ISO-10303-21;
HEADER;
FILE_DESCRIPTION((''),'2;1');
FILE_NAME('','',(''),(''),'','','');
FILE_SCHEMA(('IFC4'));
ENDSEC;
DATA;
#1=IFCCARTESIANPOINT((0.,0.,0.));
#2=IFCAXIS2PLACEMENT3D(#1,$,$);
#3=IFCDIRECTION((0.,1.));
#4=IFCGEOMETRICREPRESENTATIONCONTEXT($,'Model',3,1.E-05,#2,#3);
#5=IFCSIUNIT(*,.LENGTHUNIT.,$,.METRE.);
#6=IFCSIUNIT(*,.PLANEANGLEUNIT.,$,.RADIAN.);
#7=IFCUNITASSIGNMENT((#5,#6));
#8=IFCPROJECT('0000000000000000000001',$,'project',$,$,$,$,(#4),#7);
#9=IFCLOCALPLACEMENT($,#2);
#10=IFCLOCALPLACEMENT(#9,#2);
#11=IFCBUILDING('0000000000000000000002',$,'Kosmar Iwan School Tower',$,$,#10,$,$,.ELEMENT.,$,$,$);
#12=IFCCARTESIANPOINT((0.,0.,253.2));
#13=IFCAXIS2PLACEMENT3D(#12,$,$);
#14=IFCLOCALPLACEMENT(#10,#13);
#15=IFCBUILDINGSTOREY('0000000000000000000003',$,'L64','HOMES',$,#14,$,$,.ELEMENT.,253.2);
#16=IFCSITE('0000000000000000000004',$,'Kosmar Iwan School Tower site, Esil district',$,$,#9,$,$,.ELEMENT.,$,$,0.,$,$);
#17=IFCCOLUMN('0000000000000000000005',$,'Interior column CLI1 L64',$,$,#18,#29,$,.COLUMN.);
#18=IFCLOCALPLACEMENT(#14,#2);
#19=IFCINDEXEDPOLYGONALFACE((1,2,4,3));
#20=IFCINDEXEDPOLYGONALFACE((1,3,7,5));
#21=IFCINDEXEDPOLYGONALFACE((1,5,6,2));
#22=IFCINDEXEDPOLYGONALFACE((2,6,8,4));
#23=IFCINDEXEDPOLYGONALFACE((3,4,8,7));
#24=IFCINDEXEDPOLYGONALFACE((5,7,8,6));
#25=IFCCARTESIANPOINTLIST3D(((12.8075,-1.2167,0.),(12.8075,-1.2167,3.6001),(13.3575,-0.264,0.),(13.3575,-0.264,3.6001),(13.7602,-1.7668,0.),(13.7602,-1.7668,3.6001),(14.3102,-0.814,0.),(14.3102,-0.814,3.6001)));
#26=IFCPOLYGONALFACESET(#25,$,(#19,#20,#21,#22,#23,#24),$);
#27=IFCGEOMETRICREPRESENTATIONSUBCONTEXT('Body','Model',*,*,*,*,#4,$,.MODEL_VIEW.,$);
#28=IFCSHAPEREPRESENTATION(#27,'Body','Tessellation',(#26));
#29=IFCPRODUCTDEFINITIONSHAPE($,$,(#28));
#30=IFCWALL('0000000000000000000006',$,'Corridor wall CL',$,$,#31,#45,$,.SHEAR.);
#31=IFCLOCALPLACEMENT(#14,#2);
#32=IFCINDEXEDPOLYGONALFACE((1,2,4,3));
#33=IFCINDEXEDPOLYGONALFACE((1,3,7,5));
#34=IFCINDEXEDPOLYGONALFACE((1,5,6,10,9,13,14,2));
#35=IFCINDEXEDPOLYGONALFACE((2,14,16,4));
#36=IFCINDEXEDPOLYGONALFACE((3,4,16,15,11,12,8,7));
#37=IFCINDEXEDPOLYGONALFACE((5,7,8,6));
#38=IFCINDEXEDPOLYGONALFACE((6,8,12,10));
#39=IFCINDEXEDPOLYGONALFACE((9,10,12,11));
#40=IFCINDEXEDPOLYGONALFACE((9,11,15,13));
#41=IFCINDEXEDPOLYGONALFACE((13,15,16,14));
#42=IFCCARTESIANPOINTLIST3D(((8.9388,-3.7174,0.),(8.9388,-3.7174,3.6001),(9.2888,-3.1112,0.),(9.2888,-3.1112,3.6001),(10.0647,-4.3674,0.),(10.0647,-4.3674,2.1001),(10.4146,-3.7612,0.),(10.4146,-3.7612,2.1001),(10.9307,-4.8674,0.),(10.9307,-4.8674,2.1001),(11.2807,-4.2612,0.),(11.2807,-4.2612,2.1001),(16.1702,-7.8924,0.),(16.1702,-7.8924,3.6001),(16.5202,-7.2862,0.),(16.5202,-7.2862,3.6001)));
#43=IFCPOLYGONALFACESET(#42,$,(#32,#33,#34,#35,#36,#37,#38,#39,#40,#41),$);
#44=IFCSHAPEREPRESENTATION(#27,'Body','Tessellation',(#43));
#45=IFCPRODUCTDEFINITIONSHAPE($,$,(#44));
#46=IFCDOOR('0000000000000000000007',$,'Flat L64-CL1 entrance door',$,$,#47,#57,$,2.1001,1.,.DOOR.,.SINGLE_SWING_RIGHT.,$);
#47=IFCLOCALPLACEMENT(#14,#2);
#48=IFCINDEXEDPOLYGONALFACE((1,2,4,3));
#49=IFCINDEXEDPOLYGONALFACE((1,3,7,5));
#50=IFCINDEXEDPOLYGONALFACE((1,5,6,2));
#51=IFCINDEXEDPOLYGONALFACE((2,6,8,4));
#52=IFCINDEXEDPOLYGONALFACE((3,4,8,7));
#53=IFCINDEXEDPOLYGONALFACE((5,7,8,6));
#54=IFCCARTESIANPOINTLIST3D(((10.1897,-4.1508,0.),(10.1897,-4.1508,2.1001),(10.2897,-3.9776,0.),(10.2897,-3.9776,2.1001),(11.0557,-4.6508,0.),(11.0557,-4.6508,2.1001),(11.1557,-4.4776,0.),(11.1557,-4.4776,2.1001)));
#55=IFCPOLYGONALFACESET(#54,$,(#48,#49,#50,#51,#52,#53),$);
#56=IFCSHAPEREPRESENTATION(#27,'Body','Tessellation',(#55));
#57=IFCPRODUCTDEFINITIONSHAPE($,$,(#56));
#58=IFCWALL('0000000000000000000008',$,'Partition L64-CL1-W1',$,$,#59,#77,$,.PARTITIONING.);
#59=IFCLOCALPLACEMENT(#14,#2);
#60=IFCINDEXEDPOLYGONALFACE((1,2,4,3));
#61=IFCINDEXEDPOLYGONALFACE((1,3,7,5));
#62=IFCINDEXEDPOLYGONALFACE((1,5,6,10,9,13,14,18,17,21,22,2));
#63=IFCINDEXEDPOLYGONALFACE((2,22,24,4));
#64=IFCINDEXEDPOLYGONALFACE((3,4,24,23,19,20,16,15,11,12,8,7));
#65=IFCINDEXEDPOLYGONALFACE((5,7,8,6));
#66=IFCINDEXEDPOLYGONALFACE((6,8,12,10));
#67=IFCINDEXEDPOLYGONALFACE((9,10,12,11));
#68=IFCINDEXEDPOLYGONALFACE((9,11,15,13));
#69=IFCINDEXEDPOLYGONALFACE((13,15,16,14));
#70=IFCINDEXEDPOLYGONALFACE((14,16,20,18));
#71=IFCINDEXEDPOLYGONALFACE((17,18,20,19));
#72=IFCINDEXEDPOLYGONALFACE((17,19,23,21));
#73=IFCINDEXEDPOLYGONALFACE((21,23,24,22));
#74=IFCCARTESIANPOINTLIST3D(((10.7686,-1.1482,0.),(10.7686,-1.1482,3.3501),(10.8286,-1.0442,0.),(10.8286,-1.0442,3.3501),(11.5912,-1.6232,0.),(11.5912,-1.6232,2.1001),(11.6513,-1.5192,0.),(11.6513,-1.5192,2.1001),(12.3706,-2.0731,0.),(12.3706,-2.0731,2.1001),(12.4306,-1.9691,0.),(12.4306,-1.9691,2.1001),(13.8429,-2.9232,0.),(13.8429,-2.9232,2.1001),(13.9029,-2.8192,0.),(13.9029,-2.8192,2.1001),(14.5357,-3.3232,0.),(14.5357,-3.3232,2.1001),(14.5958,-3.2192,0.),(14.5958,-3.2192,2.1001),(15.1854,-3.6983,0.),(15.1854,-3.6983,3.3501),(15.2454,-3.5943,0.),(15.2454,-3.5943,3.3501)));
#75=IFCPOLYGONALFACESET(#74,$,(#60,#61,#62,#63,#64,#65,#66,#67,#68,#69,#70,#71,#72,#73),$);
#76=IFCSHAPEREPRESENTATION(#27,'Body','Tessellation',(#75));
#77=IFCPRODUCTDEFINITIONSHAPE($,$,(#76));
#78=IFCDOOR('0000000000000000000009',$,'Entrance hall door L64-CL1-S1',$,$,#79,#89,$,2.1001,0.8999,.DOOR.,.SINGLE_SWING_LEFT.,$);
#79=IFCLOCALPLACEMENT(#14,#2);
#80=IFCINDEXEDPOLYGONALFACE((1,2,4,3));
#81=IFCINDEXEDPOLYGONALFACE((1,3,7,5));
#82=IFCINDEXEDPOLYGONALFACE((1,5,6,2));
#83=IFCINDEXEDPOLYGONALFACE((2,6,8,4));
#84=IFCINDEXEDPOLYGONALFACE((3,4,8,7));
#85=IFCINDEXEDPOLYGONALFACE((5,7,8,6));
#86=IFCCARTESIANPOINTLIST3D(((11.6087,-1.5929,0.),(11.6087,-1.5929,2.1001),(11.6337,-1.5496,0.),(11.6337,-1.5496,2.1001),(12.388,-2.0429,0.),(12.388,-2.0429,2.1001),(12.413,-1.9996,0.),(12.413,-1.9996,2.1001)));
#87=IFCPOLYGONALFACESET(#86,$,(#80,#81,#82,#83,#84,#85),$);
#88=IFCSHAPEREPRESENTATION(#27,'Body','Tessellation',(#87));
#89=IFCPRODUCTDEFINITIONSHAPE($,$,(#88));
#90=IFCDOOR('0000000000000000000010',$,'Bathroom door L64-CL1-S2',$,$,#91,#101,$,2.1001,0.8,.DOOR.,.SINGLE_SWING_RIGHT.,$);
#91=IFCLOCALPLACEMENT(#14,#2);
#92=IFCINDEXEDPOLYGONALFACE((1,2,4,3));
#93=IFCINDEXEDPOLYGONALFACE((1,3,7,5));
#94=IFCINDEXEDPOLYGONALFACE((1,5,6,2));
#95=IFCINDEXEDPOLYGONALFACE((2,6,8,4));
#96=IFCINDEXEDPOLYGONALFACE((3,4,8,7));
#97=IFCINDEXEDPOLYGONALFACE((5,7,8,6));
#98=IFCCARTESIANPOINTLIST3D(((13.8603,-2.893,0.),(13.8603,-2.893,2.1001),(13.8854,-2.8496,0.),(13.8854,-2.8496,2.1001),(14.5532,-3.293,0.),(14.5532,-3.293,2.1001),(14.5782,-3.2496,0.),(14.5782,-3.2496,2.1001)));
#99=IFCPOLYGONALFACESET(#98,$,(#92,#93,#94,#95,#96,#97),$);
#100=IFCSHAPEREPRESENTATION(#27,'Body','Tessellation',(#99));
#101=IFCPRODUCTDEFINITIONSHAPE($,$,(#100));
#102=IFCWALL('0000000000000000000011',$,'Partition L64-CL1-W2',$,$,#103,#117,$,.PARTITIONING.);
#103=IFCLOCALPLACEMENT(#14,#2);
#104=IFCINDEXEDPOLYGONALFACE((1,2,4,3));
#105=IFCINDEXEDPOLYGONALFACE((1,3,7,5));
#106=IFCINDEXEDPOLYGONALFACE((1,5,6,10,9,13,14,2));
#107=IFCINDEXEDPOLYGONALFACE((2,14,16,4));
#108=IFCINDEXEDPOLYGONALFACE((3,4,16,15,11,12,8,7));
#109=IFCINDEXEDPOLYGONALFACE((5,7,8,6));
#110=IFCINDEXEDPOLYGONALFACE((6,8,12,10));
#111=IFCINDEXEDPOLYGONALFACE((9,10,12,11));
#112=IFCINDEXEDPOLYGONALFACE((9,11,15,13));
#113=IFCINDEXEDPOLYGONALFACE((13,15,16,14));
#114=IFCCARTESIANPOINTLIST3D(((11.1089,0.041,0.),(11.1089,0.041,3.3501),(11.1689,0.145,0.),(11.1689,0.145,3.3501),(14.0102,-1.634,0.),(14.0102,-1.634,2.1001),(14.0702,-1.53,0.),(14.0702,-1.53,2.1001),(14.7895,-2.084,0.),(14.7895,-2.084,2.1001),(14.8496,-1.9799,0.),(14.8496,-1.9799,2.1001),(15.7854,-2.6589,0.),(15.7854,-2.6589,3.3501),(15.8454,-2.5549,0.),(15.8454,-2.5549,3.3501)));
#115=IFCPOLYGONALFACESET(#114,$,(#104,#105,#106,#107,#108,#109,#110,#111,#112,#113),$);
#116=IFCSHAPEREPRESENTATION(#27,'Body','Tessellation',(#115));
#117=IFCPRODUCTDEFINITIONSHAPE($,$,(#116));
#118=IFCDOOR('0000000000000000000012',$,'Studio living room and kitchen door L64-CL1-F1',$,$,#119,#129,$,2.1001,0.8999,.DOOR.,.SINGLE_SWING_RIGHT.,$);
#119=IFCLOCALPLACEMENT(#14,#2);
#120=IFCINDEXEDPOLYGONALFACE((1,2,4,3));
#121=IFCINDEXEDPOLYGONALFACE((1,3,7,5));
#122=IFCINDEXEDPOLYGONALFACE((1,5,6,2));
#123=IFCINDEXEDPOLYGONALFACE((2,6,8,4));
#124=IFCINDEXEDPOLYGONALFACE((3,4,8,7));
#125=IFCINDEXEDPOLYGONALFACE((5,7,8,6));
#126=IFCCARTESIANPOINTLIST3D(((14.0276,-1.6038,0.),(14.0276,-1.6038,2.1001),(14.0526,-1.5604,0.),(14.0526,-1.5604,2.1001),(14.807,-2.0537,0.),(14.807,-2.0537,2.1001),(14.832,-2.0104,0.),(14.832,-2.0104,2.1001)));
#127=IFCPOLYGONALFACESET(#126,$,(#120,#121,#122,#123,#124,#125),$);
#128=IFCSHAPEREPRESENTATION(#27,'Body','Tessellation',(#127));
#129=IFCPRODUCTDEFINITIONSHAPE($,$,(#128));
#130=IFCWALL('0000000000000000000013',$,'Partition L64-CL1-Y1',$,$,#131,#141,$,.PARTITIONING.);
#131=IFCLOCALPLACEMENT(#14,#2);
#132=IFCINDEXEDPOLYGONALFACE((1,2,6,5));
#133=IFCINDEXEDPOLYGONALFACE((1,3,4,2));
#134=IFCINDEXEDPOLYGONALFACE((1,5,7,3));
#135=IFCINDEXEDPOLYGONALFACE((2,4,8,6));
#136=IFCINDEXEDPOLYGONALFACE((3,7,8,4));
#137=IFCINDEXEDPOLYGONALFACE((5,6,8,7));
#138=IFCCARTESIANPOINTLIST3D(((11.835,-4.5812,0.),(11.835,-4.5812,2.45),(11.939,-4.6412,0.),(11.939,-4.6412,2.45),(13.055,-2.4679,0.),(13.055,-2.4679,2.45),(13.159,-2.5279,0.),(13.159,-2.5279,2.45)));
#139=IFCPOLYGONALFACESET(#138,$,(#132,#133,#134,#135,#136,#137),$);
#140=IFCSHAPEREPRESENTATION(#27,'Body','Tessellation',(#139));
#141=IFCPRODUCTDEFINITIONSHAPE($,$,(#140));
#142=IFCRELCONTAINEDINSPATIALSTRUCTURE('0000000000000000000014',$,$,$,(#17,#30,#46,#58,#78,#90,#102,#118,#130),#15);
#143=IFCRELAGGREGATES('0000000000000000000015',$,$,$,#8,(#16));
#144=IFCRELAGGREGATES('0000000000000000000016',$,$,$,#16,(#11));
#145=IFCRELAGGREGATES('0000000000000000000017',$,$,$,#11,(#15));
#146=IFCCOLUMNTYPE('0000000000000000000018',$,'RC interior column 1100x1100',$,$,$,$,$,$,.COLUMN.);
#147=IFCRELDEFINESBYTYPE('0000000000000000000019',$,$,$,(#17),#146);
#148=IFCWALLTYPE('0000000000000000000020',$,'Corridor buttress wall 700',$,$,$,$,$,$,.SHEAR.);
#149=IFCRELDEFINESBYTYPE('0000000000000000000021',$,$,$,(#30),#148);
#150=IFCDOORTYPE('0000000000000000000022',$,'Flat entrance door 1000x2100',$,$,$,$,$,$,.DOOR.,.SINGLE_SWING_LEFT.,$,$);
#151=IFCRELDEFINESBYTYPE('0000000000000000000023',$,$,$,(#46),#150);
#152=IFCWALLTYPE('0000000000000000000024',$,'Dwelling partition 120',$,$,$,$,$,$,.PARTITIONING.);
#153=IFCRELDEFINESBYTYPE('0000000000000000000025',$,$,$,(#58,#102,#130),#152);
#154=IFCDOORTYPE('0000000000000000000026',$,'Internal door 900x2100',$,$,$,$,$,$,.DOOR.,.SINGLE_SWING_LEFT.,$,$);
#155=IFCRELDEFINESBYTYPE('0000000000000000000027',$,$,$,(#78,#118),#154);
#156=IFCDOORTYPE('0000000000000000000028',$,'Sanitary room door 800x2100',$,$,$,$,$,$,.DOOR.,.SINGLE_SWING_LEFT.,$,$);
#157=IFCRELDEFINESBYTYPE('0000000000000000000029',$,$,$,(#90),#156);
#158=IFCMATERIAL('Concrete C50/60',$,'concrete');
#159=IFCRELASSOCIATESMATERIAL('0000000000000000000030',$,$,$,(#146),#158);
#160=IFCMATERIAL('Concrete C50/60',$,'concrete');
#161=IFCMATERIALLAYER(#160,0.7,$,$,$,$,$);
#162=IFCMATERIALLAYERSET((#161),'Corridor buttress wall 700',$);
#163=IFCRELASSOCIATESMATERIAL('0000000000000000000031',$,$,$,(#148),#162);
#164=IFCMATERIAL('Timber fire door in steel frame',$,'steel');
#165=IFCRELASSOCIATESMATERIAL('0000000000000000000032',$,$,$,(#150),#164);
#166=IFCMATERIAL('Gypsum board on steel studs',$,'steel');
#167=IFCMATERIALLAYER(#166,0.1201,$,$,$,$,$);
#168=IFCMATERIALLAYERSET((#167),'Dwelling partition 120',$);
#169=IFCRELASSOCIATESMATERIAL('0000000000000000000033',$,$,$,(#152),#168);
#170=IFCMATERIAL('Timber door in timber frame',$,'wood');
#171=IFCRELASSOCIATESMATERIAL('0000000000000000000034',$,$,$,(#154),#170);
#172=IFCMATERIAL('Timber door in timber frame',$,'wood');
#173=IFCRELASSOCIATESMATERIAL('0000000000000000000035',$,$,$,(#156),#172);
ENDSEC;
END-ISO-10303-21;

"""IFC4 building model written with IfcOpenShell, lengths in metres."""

from ifc_helpers import new_model, si_unit, direction, frame, frame_2d, origin, origin_2d, place, context, subcontext, project, spatial, rectangle, extrude, material, layer, layer_set, material_profile, profile_set, type_object, element, fill, save


model = new_model("IFC4")

# Units and contexts
model_context = context("Model", 3, precision=1e-05, world=origin(), true_north=direction((0.0, 1.0)))
body_context = subcontext(model_context, "Body", "Model", "MODEL_VIEW")
ifc_project = project(units=[si_unit("LENGTHUNIT", "METRE"), si_unit("PLANEANGLEUNIT", "RADIAN")], contexts=[model_context])

# Site, building, storey
site_placement = place(None, origin())
site = spatial("IfcSite", under=ifc_project, at=site_placement, Name="Kosmar Iwan School Tower site, Esil district", CompositionType="ELEMENT", RefElevation=0.0)
building_placement = place(site_placement, origin())
building = spatial("IfcBuilding", under=site, at=building_placement, Name="Kosmar Iwan School Tower", CompositionType="ELEMENT")
storey_placement = place(building_placement, frame((0.0, 0.0, 253.2)))
storey = spatial("IfcBuildingStorey", under=building, at=storey_placement, Name="L64", Description="HOMES", CompositionType="ELEMENT", Elevation=253.2)

# Column
ifc_material_1 = material(Name="Concrete C50/60", Category="concrete")
ifc_material_profile = material_profile(ifc_material_1, rectangle(XDim=1.1001, YDim=1.1001, at=origin_2d()), Name="RC 1100x1100")
ifc_profile_set = profile_set([ifc_material_profile], Name="Concrete C50/60")
column_type = type_object("IfcColumnType", Name="RC interior column 1100x1100", PredefinedType="COLUMN", material=ifc_profile_set)
column_placement = place(storey_placement, frame((13.5588, -1.0154, 0.0), z_axis=(0.0, 0.0, 1.0), x_axis=(0.866025, -0.5, 0.0)))
element("IfcColumn", 1, at=column_placement, inside=storey, type_object=column_type, Name="Interior column CLI1 L64", PredefinedType="COLUMN", context=body_context, shape_type="SweptSolid", body=[
    extrude(rectangle(XDim=1.1001, YDim=1.1001, at=origin_2d()), origin(), (0.0, 0.0, 1.0), 3.6001),
])

# Wall, opening, door
ifc_material_2 = material(Name="Concrete C50/60", Category="concrete")
ifc_layer_1 = layer(ifc_material_2, 0.7)
ifc_layer_set_1 = layer_set([ifc_layer_1], Name="Corridor buttress wall 700")
wall_type_1 = type_object("IfcWallType", Name="Corridor buttress wall 700", PredefinedType="SHEAR", material=ifc_layer_set_1)
wall_1_placement = place(storey_placement, frame((9.1138, -3.4143, 0.0), z_axis=(0.0, 0.0, 1.0), x_axis=(0.866027, -0.499997, 0.0)))
wall_1 = element("IfcWall", 2, at=wall_1_placement, inside=storey, type_object=wall_type_1, Name="Corridor wall CL", PredefinedType="SHEAR", context=body_context, shape_type="SweptSolid", body=[
    extrude(rectangle(XDim=8.3501, YDim=0.7, at=frame_2d((4.175, 0.0))), origin(), (0.0, 0.0, 1.0), 3.6001),
])
opening_1_placement = place(wall_1_placement, frame((1.3, 0.0, 0.0)))
opening_1 = element("IfcOpeningElement", 3, at=opening_1_placement, cuts=wall_1, PredefinedType="OPENING", context=body_context, shape_type="SweptSolid", body=[
    extrude(rectangle(XDim=1.0, YDim=2.1001, at=frame_2d((0.5, 1.05))), frame((0.0, 0.3621, 0.0), z_axis=(0.0, -1.0, 0.0), x_axis=(1.0, 0.0, 0.0)), (0.0, 0.0, 1.0), 0.7239),
])
ifc_material_3 = material(Name="Timber fire door in steel frame", Category="steel")
door_type_1 = type_object("IfcDoorType", Name="Flat entrance door 1000x2100", OperationType="SINGLE_SWING_LEFT", PredefinedType="DOOR", material=ifc_material_3)
door_1_placement = place(opening_1_placement, origin())
door_1 = element("IfcDoor", 4, at=door_1_placement, inside=storey, type_object=door_type_1, Name="Flat L64-CL1 entrance door", OperationType="SINGLE_SWING_RIGHT", OverallHeight=2.1001, OverallWidth=1.0, PredefinedType="DOOR", context=body_context, shape_type="SweptSolid", body=[
    extrude(rectangle(XDim=1.0, YDim=2.1001, at=frame_2d((0.5, 1.05))), frame((0.0, 0.1001, 0.0), z_axis=(0.0, -1.0, 0.0), x_axis=(1.0, 0.0, 0.0)), (0.0, 0.0, 1.0), 0.2),
])
fill(opening_1, door_1)

# Wall, openings, doors
ifc_material_4 = material(Name="Gypsum board on steel studs", Category="steel")
ifc_layer_2 = layer(ifc_material_4, 0.1201)
ifc_layer_set_2 = layer_set([ifc_layer_2], Name="Dwelling partition 120")
wall_type_2 = type_object("IfcWallType", Name="Dwelling partition 120", PredefinedType="PARTITIONING", material=ifc_layer_set_2)
wall_2_placement = place(storey_placement, frame((10.7986, -1.0962, 0.0), z_axis=(0.0, 0.0, 1.0), x_axis=(0.866022, -0.500006, 0.0)))
wall_2 = element("IfcWall", 5, at=wall_2_placement, inside=storey, type_object=wall_type_2, Name="Partition L64-CL1-W1", PredefinedType="PARTITIONING", context=body_context, shape_type="SweptSolid", body=[
    extrude(rectangle(XDim=5.1001, YDim=0.1201, at=frame_2d((2.55, 0.0))), origin(), (0.0, 0.0, 1.0), 3.3501),
])
opening_2_placement = place(wall_2_placement, frame((0.95, 0.0, 0.0)))
opening_2 = element("IfcOpeningElement", 6, at=opening_2_placement, cuts=wall_2, PredefinedType="OPENING", context=body_context, shape_type="SweptSolid", body=[
    extrude(rectangle(XDim=0.8999, YDim=2.1001, at=frame_2d((0.45, 1.05))), frame((0.0, 0.072, 0.0), z_axis=(0.0, -1.0, 0.0), x_axis=(1.0, 0.0, 0.0)), (0.0, 0.0, 1.0), 0.144),
])
opening_3_placement = place(wall_2_placement, frame((3.55, 0.0, 0.0)))
opening_3 = element("IfcOpeningElement", 7, at=opening_3_placement, cuts=wall_2, PredefinedType="OPENING", context=body_context, shape_type="SweptSolid", body=[
    extrude(rectangle(XDim=0.8, YDim=2.1001, at=frame_2d((0.3999, 1.05))), frame((0.0, 0.072, 0.0), z_axis=(0.0, -1.0, 0.0), x_axis=(1.0, 0.0, 0.0)), (0.0, 0.0, 1.0), 0.144),
])
ifc_material_5 = material(Name="Timber door in timber frame", Category="wood")
door_type_2 = type_object("IfcDoorType", Name="Internal door 900x2100", OperationType="SINGLE_SWING_LEFT", PredefinedType="DOOR", material=ifc_material_5)
door_2_placement = place(opening_2_placement, origin())
door_2 = element("IfcDoor", 8, at=door_2_placement, inside=storey, type_object=door_type_2, Name="Entrance hall door L64-CL1-S1", OperationType="SINGLE_SWING_LEFT", OverallHeight=2.1001, OverallWidth=0.8999, PredefinedType="DOOR", context=body_context, shape_type="SweptSolid", body=[
    extrude(rectangle(XDim=0.8999, YDim=2.1001, at=frame_2d((0.45, 1.05))), frame((0.0, 0.0249, 0.0), z_axis=(0.0, -1.0, 0.0), x_axis=(1.0, 0.0, 0.0)), (0.0, 0.0, 1.0), 0.05),
])
fill(opening_2, door_2)
ifc_material_6 = material(Name="Timber door in timber frame", Category="wood")
door_type_3 = type_object("IfcDoorType", Name="Sanitary room door 800x2100", OperationType="SINGLE_SWING_LEFT", PredefinedType="DOOR", material=ifc_material_6)
door_3_placement = place(opening_3_placement, origin())
door_3 = element("IfcDoor", 9, at=door_3_placement, inside=storey, type_object=door_type_3, Name="Bathroom door L64-CL1-S2", OperationType="SINGLE_SWING_RIGHT", OverallHeight=2.1001, OverallWidth=0.8, PredefinedType="DOOR", context=body_context, shape_type="SweptSolid", body=[
    extrude(rectangle(XDim=0.8, YDim=2.1001, at=frame_2d((0.3999, 1.05))), frame((0.0, 0.0249, 0.0), z_axis=(0.0, -1.0, 0.0), x_axis=(1.0, 0.0, 0.0)), (0.0, 0.0, 1.0), 0.05),
])
fill(opening_3, door_3)

# Wall, opening, door
wall_3_placement = place(storey_placement, frame((11.1389, 0.093, 0.0), z_axis=(0.0, 0.0, 1.0), x_axis=(0.866028, -0.499995, 0.0)))
wall_3 = element("IfcWall", 10, at=wall_3_placement, inside=storey, type_object=wall_type_2, Name="Partition L64-CL1-W2", PredefinedType="PARTITIONING", context=body_context, shape_type="SweptSolid", body=[
    extrude(rectangle(XDim=5.3999, YDim=0.1201, at=frame_2d((2.7, 0.0))), origin(), (0.0, 0.0, 1.0), 3.3501),
])
opening_4_placement = place(wall_3_placement, frame((3.3501, 0.0, 0.0)))
opening_4 = element("IfcOpeningElement", 11, at=opening_4_placement, cuts=wall_3, PredefinedType="OPENING", context=body_context, shape_type="SweptSolid", body=[
    extrude(rectangle(XDim=0.8999, YDim=2.1001, at=frame_2d((0.45, 1.05))), frame((0.0, 0.072, 0.0), z_axis=(0.0, -1.0, 0.0), x_axis=(1.0, 0.0, 0.0)), (0.0, 0.0, 1.0), 0.144),
])
door_4_placement = place(opening_4_placement, origin())
door_4 = element("IfcDoor", 12, at=door_4_placement, inside=storey, type_object=door_type_2, Name="Studio living room and kitchen door L64-CL1-F1", OperationType="SINGLE_SWING_RIGHT", OverallHeight=2.1001, OverallWidth=0.8999, PredefinedType="DOOR", context=body_context, shape_type="SweptSolid", body=[
    extrude(rectangle(XDim=0.8999, YDim=2.1001, at=frame_2d((0.45, 1.05))), frame((0.0, 0.0249, 0.0), z_axis=(0.0, -1.0, 0.0), x_axis=(1.0, 0.0, 0.0)), (0.0, 0.0, 1.0), 0.05),
])
fill(opening_4, door_4)

# Wall
wall_4_placement = place(storey_placement, frame((11.887, -4.6113, 0.0), z_axis=(0.0, 0.0, 1.0), x_axis=(0.499959, 0.866049, 0.0)))
element("IfcWall", 13, at=wall_4_placement, inside=storey, type_object=wall_type_2, Name="Partition L64-CL1-Y1", PredefinedType="PARTITIONING", context=body_context, shape_type="SweptSolid", body=[
    extrude(rectangle(XDim=2.4402, YDim=0.1201, at=frame_2d((1.2202, 0.0))), origin(), (0.0, 0.0, 1.0), 2.45),
])

save(model, "model.ifc")
